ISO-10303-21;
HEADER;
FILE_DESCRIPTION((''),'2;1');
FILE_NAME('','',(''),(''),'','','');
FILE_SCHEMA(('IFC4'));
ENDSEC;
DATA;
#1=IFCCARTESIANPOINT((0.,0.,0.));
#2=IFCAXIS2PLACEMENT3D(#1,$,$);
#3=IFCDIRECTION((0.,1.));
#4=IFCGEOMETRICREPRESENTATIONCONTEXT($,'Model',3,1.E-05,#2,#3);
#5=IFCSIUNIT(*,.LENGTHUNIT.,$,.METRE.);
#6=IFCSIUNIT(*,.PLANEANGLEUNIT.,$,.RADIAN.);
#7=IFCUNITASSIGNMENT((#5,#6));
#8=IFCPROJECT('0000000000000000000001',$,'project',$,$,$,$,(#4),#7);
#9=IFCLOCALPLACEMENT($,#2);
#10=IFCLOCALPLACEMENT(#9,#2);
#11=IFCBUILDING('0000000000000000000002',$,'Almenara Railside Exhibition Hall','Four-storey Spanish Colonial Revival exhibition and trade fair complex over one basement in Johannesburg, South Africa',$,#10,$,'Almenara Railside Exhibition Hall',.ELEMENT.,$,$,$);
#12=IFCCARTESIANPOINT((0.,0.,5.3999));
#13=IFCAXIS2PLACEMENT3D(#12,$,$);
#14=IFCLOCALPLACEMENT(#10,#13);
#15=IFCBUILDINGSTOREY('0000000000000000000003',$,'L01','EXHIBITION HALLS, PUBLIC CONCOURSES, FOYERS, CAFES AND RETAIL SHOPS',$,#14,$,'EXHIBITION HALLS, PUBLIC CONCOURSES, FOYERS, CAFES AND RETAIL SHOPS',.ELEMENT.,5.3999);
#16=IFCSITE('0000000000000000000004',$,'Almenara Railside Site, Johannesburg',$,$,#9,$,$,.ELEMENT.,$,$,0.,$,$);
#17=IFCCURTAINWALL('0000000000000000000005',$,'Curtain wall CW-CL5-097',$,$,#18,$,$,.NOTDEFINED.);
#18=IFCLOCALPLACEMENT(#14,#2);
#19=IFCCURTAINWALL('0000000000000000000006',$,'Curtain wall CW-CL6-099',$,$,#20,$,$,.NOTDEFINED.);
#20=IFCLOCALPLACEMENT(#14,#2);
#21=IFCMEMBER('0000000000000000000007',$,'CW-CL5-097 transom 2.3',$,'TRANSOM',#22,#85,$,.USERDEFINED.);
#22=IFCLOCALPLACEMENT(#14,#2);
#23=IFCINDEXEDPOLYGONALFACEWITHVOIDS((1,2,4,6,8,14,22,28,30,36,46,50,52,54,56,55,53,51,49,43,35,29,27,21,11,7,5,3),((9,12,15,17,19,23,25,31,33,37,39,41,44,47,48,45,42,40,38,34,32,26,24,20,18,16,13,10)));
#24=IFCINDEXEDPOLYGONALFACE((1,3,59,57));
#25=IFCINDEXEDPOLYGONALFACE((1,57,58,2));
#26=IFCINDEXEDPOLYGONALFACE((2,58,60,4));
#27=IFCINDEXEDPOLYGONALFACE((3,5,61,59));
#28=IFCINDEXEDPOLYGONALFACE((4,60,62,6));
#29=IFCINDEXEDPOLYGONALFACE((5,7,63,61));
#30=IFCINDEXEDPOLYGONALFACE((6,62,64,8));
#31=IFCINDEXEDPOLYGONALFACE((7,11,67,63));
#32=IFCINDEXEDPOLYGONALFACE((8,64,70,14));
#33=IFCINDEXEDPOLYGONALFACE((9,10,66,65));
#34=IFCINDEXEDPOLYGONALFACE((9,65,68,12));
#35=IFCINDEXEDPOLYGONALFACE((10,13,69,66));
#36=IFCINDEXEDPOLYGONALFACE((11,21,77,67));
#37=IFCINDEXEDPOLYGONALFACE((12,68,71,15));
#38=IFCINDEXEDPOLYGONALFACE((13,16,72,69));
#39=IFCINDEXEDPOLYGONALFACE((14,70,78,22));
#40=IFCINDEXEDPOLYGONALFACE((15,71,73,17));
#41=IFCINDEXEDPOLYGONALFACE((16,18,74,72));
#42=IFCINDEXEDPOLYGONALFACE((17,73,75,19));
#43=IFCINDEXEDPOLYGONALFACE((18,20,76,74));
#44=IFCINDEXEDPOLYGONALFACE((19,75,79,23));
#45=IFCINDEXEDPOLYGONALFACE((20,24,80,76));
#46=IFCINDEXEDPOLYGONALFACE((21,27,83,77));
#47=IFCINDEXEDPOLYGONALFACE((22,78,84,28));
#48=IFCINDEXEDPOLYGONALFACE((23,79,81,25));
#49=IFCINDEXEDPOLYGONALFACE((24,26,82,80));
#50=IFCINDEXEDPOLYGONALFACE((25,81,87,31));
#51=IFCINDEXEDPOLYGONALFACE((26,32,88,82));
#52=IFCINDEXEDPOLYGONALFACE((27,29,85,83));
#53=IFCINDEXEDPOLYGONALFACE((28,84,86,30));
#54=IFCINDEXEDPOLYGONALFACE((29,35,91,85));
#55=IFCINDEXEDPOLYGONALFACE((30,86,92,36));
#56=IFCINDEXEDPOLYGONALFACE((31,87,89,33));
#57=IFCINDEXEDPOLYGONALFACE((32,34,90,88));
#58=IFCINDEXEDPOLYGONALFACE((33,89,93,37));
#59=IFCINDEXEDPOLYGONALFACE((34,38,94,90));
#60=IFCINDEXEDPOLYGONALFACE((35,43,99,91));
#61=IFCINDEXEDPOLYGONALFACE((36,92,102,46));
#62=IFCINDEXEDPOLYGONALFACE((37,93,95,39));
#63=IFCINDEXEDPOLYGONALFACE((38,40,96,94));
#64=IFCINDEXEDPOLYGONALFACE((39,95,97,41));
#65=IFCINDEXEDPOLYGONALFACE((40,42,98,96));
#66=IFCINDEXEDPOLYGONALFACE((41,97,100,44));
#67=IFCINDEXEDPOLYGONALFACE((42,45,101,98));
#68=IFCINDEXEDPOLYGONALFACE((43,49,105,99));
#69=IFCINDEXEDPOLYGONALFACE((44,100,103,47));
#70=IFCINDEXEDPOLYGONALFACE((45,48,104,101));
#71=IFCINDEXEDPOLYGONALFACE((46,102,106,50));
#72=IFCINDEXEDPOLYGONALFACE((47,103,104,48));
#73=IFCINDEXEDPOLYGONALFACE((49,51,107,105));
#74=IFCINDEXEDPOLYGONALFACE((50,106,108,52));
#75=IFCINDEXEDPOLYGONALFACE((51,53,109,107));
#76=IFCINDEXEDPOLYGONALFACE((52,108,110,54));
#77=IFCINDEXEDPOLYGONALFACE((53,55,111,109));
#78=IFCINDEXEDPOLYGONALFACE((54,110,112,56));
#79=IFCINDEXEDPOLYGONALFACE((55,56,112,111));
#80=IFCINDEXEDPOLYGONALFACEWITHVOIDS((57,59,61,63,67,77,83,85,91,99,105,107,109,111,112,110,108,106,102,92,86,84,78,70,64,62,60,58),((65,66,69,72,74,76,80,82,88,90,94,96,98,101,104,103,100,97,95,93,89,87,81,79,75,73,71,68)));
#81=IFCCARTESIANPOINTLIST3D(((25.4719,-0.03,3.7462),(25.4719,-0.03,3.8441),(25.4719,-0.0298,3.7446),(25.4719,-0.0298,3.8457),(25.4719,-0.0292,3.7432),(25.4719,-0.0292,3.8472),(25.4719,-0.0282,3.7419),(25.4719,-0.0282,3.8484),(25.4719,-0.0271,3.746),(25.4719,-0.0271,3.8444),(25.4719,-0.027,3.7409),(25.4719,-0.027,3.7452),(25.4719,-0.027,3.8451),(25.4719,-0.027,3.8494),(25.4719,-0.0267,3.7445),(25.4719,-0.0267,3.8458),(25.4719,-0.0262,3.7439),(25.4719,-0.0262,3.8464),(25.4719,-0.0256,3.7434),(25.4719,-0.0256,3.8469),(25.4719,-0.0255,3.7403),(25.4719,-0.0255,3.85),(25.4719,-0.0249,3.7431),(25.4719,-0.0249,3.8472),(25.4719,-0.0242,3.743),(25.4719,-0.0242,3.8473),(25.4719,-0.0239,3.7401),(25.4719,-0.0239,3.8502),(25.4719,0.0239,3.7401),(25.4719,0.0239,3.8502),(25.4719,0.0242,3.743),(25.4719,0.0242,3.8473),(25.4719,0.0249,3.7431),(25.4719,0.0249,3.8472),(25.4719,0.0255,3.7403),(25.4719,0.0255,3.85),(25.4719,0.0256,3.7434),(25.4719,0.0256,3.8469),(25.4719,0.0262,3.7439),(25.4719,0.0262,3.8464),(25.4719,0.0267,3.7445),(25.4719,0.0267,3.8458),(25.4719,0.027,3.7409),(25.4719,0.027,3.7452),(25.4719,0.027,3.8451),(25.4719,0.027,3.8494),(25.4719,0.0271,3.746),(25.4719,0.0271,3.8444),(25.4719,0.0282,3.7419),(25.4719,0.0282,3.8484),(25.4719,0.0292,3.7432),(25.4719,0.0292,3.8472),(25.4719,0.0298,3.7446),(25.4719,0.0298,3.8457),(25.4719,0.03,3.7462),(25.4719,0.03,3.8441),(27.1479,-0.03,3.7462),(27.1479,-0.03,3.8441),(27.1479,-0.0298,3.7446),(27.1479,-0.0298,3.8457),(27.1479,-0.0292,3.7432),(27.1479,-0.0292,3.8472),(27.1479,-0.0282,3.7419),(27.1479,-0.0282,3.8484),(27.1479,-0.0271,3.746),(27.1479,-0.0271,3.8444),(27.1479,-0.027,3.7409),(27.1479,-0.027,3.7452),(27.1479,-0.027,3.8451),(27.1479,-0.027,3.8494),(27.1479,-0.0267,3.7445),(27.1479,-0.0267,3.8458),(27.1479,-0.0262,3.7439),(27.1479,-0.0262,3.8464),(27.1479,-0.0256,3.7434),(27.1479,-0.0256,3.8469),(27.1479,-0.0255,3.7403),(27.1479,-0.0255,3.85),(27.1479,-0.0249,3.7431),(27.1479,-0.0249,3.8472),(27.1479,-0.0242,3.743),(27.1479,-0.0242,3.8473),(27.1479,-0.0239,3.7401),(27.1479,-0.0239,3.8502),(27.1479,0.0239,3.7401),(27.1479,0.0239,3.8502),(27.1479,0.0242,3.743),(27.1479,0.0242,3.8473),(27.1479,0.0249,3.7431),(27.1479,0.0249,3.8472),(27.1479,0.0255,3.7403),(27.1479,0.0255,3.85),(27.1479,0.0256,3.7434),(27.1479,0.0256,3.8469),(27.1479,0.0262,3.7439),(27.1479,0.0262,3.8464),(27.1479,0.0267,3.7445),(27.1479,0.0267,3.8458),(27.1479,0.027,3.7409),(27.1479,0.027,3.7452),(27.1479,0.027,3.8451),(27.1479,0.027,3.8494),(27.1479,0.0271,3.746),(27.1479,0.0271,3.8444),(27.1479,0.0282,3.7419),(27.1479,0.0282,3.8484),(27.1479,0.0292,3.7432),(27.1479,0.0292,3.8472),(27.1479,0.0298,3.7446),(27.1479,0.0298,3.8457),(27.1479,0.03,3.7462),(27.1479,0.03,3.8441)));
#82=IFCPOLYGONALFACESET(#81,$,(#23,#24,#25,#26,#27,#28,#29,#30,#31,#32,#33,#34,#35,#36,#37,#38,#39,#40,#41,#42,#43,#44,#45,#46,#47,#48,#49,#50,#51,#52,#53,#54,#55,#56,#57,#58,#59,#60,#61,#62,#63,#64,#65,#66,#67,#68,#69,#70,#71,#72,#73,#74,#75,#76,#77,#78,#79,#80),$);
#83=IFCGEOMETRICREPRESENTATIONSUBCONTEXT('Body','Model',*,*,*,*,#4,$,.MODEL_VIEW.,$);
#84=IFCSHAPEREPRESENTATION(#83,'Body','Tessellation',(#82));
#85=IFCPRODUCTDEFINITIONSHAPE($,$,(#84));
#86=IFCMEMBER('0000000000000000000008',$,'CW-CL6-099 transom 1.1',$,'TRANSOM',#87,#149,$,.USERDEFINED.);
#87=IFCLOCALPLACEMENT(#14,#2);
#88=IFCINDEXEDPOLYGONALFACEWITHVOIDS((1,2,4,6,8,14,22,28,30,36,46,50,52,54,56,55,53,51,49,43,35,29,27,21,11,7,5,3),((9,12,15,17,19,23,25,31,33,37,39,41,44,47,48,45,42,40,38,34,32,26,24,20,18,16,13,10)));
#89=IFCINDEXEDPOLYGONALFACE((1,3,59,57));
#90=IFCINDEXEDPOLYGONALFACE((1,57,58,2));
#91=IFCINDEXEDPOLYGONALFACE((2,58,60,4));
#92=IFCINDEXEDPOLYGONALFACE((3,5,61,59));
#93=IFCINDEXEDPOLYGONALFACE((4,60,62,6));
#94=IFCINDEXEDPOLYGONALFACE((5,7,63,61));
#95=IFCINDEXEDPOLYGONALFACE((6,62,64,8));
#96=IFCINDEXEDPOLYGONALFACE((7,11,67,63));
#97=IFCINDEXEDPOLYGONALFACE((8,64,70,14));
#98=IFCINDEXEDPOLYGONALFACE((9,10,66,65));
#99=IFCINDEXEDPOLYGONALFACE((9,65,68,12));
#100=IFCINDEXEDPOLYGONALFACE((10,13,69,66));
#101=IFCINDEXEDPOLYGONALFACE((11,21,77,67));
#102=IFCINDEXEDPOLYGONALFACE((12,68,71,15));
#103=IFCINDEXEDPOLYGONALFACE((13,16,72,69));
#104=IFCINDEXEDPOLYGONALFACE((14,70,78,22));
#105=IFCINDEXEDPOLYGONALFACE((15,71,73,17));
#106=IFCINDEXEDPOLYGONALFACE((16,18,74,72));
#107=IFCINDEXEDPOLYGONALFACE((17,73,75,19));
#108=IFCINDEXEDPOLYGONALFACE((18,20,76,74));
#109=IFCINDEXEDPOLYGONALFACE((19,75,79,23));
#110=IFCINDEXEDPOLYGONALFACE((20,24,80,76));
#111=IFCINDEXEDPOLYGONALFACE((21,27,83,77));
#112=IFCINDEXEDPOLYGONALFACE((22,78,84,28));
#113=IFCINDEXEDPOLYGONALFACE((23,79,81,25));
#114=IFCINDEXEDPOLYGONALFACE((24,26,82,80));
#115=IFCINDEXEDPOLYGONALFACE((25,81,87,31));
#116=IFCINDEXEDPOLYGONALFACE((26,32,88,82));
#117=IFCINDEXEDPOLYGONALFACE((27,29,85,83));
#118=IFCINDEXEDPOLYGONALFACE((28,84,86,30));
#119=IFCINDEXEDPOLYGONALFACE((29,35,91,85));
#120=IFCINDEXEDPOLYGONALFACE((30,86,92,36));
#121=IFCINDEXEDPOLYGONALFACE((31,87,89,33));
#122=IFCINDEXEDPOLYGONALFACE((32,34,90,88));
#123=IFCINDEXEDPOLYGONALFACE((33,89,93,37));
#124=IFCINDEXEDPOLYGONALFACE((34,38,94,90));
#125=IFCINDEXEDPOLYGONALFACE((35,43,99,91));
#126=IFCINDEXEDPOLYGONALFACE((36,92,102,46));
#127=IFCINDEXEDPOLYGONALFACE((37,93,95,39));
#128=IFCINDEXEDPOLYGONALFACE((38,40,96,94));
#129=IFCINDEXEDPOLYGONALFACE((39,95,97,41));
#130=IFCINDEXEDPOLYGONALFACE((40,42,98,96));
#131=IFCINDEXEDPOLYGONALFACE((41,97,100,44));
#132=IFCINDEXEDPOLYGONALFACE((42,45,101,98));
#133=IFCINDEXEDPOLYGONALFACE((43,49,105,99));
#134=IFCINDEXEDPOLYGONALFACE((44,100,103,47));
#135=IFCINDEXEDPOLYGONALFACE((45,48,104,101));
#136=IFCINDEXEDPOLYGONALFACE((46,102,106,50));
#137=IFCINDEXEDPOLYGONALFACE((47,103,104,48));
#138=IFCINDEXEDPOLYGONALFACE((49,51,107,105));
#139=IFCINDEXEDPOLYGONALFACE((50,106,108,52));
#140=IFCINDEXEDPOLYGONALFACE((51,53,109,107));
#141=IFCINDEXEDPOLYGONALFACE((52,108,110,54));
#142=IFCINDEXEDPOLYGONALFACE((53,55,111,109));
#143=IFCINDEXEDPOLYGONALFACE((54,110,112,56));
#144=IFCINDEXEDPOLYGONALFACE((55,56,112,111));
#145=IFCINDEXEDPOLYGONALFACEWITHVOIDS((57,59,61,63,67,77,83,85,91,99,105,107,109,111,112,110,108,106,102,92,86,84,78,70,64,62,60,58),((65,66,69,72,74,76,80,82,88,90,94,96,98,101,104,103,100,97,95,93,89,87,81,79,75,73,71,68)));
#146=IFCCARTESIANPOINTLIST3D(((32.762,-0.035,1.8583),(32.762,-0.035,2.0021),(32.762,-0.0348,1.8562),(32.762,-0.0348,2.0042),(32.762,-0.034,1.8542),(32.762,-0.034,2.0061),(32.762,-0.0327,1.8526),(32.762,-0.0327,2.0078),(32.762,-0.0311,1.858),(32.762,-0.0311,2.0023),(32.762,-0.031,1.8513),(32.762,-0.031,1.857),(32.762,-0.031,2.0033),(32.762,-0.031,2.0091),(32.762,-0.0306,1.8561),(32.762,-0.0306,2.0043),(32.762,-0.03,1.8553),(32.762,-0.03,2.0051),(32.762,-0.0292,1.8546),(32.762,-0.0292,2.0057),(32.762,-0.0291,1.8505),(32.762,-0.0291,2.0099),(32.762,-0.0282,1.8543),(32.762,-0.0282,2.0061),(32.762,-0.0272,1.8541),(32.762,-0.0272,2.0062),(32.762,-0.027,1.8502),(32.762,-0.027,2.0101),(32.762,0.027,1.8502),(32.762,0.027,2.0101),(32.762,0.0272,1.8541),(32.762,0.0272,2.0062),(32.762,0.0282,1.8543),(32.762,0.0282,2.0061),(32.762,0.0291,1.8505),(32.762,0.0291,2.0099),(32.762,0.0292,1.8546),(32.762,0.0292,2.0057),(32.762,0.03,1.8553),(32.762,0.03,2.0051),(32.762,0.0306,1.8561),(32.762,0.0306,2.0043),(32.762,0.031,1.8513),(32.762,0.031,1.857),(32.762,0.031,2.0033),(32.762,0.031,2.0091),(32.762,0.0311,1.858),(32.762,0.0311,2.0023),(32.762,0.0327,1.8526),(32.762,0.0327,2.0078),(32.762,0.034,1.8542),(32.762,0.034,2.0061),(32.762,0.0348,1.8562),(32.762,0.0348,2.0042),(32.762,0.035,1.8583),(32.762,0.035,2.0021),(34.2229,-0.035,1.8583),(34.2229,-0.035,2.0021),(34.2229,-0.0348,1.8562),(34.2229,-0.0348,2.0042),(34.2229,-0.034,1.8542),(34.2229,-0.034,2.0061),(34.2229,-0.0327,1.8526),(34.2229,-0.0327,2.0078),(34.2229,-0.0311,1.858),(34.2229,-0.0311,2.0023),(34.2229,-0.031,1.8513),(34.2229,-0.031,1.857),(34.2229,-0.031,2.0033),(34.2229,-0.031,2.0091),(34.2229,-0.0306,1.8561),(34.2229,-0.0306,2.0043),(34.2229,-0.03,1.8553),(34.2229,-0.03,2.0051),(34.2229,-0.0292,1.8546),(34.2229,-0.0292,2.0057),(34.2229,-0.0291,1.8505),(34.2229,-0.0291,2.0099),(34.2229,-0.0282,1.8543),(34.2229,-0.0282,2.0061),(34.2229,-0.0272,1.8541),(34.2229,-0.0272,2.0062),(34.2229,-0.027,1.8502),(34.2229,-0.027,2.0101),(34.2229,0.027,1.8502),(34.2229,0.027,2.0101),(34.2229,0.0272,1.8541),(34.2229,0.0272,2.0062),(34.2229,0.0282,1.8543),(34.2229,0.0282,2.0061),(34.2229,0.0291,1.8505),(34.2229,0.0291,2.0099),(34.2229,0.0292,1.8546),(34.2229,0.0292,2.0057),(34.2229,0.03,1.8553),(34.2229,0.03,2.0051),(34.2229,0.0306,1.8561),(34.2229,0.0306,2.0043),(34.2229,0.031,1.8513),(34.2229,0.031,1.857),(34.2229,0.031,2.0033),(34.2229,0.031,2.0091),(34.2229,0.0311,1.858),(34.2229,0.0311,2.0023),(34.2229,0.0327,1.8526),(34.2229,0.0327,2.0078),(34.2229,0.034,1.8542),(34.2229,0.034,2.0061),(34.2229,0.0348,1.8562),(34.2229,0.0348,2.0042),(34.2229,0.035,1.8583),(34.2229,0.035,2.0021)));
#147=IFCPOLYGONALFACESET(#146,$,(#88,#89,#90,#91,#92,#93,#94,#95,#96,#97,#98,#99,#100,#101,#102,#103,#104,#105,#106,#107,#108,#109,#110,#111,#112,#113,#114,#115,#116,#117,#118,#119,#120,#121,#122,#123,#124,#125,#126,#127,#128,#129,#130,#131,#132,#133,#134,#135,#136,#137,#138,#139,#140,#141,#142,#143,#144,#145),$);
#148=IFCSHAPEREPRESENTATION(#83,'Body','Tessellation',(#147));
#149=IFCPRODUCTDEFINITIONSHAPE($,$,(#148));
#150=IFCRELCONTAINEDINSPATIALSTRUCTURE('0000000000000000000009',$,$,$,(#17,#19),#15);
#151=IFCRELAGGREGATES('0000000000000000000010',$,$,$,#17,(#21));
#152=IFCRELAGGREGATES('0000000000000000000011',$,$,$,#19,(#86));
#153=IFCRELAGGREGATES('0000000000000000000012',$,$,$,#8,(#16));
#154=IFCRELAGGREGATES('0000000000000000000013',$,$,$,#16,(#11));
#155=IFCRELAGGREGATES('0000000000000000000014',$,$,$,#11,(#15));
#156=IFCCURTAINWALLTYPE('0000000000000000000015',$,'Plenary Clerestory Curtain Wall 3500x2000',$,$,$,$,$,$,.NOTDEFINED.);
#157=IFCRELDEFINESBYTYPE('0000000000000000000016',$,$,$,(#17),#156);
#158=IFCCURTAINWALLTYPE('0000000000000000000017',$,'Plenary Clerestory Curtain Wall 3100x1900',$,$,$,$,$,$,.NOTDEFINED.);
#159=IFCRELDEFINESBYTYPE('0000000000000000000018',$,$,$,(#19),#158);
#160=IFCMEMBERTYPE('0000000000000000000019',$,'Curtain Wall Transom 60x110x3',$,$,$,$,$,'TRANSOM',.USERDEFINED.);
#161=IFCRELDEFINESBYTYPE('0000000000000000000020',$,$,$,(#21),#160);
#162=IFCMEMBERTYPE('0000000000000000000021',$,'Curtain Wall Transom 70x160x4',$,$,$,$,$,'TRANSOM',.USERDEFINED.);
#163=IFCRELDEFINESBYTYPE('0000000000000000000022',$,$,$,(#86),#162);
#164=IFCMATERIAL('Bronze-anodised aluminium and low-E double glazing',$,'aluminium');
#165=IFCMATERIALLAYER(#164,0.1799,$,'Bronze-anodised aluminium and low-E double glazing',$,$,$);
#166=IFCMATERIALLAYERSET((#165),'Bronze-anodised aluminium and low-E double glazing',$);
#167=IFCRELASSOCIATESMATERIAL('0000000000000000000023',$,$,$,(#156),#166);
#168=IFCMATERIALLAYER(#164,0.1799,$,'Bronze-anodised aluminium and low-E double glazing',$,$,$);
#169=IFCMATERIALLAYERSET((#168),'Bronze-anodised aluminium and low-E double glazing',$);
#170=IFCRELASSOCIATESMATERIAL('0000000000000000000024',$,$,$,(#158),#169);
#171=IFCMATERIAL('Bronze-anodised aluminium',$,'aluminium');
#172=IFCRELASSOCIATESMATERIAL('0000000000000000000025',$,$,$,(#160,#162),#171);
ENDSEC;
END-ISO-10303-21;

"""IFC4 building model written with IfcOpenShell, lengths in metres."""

from ifc_helpers import new_model, si_unit, direction, frame, origin, origin_2d, place, context, subcontext, project, spatial, hollow_rectangle, extrude, material, layer, layer_set, material_profile, profile_set, type_object, element, aggregate, save


model = new_model("IFC4")

# Units and contexts
model_context = context("Model", 3, precision=1e-05, world=origin(), true_north=direction((0.0, 1.0)))
body_context = subcontext(model_context, "Body", "Model", "MODEL_VIEW")
ifc_project = project(units=[si_unit("LENGTHUNIT", "METRE"), si_unit("PLANEANGLEUNIT", "RADIAN")], contexts=[model_context])

# Site, building, storey
site_placement = place(None, origin())
site = spatial("IfcSite", under=ifc_project, at=site_placement, Name="Almenara Railside Site, Johannesburg", CompositionType="ELEMENT", RefElevation=0.0)
building_placement = place(site_placement, origin())
building = spatial("IfcBuilding", under=site, at=building_placement, Name="Almenara Railside Exhibition Hall", Description="Four-storey Spanish Colonial Revival exhibition and trade fair complex over one basement in Johannesburg, South Africa", LongName="Almenara Railside Exhibition Hall", CompositionType="ELEMENT")
storey_placement = place(building_placement, frame((0.0, 0.0, 5.3999)))
storey = spatial("IfcBuildingStorey", under=building, at=storey_placement, Name="L01", Description="EXHIBITION HALLS, PUBLIC CONCOURSES, FOYERS, CAFES AND RETAIL SHOPS", LongName="EXHIBITION HALLS, PUBLIC CONCOURSES, FOYERS, CAFES AND RETAIL SHOPS", CompositionType="ELEMENT", Elevation=5.3999)

# Curtain walls
ifc_material_1 = material(Name="Bronze-anodised aluminium and low-E double glazing", Category="aluminium")
ifc_layer_1 = layer(ifc_material_1, 0.1799, Name="Bronze-anodised aluminium and low-E double glazing")
ifc_layer_set_1 = layer_set([ifc_layer_1], Name="Bronze-anodised aluminium and low-E double glazing")
curtain_wall_type_1 = type_object("IfcCurtainWallType", Name="Plenary Clerestory Curtain Wall 3500x2000", PredefinedType="NOTDEFINED", material=ifc_layer_set_1)
curtain_wall_1_placement = place(storey_placement, origin())
curtain_wall_1 = element("IfcCurtainWall", 1, at=curtain_wall_1_placement, inside=storey, type_object=curtain_wall_type_1, Name="Curtain wall CW-CL5-097", PredefinedType="NOTDEFINED")
ifc_material_2 = material(Name="Bronze-anodised aluminium", Category="aluminium")
ifc_layer_2 = layer(ifc_material_1, 0.1799, Name="Bronze-anodised aluminium and low-E double glazing")
ifc_layer_set_2 = layer_set([ifc_layer_2], Name="Bronze-anodised aluminium and low-E double glazing")
curtain_wall_type_2 = type_object("IfcCurtainWallType", Name="Plenary Clerestory Curtain Wall 3100x1900", PredefinedType="NOTDEFINED", material=ifc_layer_set_2)
curtain_wall_2_placement = place(storey_placement, origin())
curtain_wall_2 = element("IfcCurtainWall", 2, at=curtain_wall_2_placement, inside=storey, type_object=curtain_wall_type_2, Name="Curtain wall CW-CL6-099", PredefinedType="NOTDEFINED")

# Members
ifc_material_profile_1 = material_profile(ifc_material_2, hollow_rectangle(XDim=0.0601, YDim=0.1101, WallThickness=0.0029, InnerFilletRadius=0.0029, OuterFilletRadius=0.0061, at=origin_2d()), Name="ALU-TRN 60x110x3")
ifc_profile_set_1 = profile_set([ifc_material_profile_1], Name="Bronze-anodised aluminium")
member_type_1 = type_object("IfcMemberType", Name="Curtain Wall Transom 60x110x3", ElementType="TRANSOM", PredefinedType="USERDEFINED", material=ifc_profile_set_1)
member_1_placement = place(storey_placement, frame((25.4719, 0.0, 3.7952), z_axis=(1.0, 0.0, 0.0), x_axis=(0.0, 1.0, 0.0)))
member_1 = element("IfcMember", 3, at=member_1_placement, type_object=member_type_1, Name="CW-CL5-097 transom 2.3", ObjectType="TRANSOM", PredefinedType="USERDEFINED", context=body_context, shape_type="SweptSolid", body=[
    extrude(hollow_rectangle(XDim=0.0601, YDim=0.1101, WallThickness=0.0029, InnerFilletRadius=0.0029, OuterFilletRadius=0.0061, at=origin_2d()), origin(), (0.0, 0.0, 1.0), 1.676),
])
ifc_material_profile_2 = material_profile(ifc_material_2, hollow_rectangle(XDim=0.0701, YDim=0.1599, WallThickness=0.0039, InnerFilletRadius=0.0039, OuterFilletRadius=0.0081, at=origin_2d()), Name="ALU-TRN 70x160x4")
ifc_profile_set_2 = profile_set([ifc_material_profile_2], Name="Bronze-anodised aluminium")
member_type_2 = type_object("IfcMemberType", Name="Curtain Wall Transom 70x160x4", ElementType="TRANSOM", PredefinedType="USERDEFINED", material=ifc_profile_set_2)
member_2_placement = place(storey_placement, frame((32.762, 0.0, 1.9302), z_axis=(1.0, 0.0, 0.0), x_axis=(0.0, 1.0, 0.0)))
member_2 = element("IfcMember", 4, at=member_2_placement, type_object=member_type_2, Name="CW-CL6-099 transom 1.1", ObjectType="TRANSOM", PredefinedType="USERDEFINED", context=body_context, shape_type="SweptSolid", body=[
    extrude(hollow_rectangle(XDim=0.0701, YDim=0.1599, WallThickness=0.0039, InnerFilletRadius=0.0039, OuterFilletRadius=0.0081, at=origin_2d()), origin(), (0.0, 0.0, 1.0), 1.4609),
])

aggregate(curtain_wall_1, [member_1])
aggregate(curtain_wall_2, [member_2])

save(model, "model.ifc")
